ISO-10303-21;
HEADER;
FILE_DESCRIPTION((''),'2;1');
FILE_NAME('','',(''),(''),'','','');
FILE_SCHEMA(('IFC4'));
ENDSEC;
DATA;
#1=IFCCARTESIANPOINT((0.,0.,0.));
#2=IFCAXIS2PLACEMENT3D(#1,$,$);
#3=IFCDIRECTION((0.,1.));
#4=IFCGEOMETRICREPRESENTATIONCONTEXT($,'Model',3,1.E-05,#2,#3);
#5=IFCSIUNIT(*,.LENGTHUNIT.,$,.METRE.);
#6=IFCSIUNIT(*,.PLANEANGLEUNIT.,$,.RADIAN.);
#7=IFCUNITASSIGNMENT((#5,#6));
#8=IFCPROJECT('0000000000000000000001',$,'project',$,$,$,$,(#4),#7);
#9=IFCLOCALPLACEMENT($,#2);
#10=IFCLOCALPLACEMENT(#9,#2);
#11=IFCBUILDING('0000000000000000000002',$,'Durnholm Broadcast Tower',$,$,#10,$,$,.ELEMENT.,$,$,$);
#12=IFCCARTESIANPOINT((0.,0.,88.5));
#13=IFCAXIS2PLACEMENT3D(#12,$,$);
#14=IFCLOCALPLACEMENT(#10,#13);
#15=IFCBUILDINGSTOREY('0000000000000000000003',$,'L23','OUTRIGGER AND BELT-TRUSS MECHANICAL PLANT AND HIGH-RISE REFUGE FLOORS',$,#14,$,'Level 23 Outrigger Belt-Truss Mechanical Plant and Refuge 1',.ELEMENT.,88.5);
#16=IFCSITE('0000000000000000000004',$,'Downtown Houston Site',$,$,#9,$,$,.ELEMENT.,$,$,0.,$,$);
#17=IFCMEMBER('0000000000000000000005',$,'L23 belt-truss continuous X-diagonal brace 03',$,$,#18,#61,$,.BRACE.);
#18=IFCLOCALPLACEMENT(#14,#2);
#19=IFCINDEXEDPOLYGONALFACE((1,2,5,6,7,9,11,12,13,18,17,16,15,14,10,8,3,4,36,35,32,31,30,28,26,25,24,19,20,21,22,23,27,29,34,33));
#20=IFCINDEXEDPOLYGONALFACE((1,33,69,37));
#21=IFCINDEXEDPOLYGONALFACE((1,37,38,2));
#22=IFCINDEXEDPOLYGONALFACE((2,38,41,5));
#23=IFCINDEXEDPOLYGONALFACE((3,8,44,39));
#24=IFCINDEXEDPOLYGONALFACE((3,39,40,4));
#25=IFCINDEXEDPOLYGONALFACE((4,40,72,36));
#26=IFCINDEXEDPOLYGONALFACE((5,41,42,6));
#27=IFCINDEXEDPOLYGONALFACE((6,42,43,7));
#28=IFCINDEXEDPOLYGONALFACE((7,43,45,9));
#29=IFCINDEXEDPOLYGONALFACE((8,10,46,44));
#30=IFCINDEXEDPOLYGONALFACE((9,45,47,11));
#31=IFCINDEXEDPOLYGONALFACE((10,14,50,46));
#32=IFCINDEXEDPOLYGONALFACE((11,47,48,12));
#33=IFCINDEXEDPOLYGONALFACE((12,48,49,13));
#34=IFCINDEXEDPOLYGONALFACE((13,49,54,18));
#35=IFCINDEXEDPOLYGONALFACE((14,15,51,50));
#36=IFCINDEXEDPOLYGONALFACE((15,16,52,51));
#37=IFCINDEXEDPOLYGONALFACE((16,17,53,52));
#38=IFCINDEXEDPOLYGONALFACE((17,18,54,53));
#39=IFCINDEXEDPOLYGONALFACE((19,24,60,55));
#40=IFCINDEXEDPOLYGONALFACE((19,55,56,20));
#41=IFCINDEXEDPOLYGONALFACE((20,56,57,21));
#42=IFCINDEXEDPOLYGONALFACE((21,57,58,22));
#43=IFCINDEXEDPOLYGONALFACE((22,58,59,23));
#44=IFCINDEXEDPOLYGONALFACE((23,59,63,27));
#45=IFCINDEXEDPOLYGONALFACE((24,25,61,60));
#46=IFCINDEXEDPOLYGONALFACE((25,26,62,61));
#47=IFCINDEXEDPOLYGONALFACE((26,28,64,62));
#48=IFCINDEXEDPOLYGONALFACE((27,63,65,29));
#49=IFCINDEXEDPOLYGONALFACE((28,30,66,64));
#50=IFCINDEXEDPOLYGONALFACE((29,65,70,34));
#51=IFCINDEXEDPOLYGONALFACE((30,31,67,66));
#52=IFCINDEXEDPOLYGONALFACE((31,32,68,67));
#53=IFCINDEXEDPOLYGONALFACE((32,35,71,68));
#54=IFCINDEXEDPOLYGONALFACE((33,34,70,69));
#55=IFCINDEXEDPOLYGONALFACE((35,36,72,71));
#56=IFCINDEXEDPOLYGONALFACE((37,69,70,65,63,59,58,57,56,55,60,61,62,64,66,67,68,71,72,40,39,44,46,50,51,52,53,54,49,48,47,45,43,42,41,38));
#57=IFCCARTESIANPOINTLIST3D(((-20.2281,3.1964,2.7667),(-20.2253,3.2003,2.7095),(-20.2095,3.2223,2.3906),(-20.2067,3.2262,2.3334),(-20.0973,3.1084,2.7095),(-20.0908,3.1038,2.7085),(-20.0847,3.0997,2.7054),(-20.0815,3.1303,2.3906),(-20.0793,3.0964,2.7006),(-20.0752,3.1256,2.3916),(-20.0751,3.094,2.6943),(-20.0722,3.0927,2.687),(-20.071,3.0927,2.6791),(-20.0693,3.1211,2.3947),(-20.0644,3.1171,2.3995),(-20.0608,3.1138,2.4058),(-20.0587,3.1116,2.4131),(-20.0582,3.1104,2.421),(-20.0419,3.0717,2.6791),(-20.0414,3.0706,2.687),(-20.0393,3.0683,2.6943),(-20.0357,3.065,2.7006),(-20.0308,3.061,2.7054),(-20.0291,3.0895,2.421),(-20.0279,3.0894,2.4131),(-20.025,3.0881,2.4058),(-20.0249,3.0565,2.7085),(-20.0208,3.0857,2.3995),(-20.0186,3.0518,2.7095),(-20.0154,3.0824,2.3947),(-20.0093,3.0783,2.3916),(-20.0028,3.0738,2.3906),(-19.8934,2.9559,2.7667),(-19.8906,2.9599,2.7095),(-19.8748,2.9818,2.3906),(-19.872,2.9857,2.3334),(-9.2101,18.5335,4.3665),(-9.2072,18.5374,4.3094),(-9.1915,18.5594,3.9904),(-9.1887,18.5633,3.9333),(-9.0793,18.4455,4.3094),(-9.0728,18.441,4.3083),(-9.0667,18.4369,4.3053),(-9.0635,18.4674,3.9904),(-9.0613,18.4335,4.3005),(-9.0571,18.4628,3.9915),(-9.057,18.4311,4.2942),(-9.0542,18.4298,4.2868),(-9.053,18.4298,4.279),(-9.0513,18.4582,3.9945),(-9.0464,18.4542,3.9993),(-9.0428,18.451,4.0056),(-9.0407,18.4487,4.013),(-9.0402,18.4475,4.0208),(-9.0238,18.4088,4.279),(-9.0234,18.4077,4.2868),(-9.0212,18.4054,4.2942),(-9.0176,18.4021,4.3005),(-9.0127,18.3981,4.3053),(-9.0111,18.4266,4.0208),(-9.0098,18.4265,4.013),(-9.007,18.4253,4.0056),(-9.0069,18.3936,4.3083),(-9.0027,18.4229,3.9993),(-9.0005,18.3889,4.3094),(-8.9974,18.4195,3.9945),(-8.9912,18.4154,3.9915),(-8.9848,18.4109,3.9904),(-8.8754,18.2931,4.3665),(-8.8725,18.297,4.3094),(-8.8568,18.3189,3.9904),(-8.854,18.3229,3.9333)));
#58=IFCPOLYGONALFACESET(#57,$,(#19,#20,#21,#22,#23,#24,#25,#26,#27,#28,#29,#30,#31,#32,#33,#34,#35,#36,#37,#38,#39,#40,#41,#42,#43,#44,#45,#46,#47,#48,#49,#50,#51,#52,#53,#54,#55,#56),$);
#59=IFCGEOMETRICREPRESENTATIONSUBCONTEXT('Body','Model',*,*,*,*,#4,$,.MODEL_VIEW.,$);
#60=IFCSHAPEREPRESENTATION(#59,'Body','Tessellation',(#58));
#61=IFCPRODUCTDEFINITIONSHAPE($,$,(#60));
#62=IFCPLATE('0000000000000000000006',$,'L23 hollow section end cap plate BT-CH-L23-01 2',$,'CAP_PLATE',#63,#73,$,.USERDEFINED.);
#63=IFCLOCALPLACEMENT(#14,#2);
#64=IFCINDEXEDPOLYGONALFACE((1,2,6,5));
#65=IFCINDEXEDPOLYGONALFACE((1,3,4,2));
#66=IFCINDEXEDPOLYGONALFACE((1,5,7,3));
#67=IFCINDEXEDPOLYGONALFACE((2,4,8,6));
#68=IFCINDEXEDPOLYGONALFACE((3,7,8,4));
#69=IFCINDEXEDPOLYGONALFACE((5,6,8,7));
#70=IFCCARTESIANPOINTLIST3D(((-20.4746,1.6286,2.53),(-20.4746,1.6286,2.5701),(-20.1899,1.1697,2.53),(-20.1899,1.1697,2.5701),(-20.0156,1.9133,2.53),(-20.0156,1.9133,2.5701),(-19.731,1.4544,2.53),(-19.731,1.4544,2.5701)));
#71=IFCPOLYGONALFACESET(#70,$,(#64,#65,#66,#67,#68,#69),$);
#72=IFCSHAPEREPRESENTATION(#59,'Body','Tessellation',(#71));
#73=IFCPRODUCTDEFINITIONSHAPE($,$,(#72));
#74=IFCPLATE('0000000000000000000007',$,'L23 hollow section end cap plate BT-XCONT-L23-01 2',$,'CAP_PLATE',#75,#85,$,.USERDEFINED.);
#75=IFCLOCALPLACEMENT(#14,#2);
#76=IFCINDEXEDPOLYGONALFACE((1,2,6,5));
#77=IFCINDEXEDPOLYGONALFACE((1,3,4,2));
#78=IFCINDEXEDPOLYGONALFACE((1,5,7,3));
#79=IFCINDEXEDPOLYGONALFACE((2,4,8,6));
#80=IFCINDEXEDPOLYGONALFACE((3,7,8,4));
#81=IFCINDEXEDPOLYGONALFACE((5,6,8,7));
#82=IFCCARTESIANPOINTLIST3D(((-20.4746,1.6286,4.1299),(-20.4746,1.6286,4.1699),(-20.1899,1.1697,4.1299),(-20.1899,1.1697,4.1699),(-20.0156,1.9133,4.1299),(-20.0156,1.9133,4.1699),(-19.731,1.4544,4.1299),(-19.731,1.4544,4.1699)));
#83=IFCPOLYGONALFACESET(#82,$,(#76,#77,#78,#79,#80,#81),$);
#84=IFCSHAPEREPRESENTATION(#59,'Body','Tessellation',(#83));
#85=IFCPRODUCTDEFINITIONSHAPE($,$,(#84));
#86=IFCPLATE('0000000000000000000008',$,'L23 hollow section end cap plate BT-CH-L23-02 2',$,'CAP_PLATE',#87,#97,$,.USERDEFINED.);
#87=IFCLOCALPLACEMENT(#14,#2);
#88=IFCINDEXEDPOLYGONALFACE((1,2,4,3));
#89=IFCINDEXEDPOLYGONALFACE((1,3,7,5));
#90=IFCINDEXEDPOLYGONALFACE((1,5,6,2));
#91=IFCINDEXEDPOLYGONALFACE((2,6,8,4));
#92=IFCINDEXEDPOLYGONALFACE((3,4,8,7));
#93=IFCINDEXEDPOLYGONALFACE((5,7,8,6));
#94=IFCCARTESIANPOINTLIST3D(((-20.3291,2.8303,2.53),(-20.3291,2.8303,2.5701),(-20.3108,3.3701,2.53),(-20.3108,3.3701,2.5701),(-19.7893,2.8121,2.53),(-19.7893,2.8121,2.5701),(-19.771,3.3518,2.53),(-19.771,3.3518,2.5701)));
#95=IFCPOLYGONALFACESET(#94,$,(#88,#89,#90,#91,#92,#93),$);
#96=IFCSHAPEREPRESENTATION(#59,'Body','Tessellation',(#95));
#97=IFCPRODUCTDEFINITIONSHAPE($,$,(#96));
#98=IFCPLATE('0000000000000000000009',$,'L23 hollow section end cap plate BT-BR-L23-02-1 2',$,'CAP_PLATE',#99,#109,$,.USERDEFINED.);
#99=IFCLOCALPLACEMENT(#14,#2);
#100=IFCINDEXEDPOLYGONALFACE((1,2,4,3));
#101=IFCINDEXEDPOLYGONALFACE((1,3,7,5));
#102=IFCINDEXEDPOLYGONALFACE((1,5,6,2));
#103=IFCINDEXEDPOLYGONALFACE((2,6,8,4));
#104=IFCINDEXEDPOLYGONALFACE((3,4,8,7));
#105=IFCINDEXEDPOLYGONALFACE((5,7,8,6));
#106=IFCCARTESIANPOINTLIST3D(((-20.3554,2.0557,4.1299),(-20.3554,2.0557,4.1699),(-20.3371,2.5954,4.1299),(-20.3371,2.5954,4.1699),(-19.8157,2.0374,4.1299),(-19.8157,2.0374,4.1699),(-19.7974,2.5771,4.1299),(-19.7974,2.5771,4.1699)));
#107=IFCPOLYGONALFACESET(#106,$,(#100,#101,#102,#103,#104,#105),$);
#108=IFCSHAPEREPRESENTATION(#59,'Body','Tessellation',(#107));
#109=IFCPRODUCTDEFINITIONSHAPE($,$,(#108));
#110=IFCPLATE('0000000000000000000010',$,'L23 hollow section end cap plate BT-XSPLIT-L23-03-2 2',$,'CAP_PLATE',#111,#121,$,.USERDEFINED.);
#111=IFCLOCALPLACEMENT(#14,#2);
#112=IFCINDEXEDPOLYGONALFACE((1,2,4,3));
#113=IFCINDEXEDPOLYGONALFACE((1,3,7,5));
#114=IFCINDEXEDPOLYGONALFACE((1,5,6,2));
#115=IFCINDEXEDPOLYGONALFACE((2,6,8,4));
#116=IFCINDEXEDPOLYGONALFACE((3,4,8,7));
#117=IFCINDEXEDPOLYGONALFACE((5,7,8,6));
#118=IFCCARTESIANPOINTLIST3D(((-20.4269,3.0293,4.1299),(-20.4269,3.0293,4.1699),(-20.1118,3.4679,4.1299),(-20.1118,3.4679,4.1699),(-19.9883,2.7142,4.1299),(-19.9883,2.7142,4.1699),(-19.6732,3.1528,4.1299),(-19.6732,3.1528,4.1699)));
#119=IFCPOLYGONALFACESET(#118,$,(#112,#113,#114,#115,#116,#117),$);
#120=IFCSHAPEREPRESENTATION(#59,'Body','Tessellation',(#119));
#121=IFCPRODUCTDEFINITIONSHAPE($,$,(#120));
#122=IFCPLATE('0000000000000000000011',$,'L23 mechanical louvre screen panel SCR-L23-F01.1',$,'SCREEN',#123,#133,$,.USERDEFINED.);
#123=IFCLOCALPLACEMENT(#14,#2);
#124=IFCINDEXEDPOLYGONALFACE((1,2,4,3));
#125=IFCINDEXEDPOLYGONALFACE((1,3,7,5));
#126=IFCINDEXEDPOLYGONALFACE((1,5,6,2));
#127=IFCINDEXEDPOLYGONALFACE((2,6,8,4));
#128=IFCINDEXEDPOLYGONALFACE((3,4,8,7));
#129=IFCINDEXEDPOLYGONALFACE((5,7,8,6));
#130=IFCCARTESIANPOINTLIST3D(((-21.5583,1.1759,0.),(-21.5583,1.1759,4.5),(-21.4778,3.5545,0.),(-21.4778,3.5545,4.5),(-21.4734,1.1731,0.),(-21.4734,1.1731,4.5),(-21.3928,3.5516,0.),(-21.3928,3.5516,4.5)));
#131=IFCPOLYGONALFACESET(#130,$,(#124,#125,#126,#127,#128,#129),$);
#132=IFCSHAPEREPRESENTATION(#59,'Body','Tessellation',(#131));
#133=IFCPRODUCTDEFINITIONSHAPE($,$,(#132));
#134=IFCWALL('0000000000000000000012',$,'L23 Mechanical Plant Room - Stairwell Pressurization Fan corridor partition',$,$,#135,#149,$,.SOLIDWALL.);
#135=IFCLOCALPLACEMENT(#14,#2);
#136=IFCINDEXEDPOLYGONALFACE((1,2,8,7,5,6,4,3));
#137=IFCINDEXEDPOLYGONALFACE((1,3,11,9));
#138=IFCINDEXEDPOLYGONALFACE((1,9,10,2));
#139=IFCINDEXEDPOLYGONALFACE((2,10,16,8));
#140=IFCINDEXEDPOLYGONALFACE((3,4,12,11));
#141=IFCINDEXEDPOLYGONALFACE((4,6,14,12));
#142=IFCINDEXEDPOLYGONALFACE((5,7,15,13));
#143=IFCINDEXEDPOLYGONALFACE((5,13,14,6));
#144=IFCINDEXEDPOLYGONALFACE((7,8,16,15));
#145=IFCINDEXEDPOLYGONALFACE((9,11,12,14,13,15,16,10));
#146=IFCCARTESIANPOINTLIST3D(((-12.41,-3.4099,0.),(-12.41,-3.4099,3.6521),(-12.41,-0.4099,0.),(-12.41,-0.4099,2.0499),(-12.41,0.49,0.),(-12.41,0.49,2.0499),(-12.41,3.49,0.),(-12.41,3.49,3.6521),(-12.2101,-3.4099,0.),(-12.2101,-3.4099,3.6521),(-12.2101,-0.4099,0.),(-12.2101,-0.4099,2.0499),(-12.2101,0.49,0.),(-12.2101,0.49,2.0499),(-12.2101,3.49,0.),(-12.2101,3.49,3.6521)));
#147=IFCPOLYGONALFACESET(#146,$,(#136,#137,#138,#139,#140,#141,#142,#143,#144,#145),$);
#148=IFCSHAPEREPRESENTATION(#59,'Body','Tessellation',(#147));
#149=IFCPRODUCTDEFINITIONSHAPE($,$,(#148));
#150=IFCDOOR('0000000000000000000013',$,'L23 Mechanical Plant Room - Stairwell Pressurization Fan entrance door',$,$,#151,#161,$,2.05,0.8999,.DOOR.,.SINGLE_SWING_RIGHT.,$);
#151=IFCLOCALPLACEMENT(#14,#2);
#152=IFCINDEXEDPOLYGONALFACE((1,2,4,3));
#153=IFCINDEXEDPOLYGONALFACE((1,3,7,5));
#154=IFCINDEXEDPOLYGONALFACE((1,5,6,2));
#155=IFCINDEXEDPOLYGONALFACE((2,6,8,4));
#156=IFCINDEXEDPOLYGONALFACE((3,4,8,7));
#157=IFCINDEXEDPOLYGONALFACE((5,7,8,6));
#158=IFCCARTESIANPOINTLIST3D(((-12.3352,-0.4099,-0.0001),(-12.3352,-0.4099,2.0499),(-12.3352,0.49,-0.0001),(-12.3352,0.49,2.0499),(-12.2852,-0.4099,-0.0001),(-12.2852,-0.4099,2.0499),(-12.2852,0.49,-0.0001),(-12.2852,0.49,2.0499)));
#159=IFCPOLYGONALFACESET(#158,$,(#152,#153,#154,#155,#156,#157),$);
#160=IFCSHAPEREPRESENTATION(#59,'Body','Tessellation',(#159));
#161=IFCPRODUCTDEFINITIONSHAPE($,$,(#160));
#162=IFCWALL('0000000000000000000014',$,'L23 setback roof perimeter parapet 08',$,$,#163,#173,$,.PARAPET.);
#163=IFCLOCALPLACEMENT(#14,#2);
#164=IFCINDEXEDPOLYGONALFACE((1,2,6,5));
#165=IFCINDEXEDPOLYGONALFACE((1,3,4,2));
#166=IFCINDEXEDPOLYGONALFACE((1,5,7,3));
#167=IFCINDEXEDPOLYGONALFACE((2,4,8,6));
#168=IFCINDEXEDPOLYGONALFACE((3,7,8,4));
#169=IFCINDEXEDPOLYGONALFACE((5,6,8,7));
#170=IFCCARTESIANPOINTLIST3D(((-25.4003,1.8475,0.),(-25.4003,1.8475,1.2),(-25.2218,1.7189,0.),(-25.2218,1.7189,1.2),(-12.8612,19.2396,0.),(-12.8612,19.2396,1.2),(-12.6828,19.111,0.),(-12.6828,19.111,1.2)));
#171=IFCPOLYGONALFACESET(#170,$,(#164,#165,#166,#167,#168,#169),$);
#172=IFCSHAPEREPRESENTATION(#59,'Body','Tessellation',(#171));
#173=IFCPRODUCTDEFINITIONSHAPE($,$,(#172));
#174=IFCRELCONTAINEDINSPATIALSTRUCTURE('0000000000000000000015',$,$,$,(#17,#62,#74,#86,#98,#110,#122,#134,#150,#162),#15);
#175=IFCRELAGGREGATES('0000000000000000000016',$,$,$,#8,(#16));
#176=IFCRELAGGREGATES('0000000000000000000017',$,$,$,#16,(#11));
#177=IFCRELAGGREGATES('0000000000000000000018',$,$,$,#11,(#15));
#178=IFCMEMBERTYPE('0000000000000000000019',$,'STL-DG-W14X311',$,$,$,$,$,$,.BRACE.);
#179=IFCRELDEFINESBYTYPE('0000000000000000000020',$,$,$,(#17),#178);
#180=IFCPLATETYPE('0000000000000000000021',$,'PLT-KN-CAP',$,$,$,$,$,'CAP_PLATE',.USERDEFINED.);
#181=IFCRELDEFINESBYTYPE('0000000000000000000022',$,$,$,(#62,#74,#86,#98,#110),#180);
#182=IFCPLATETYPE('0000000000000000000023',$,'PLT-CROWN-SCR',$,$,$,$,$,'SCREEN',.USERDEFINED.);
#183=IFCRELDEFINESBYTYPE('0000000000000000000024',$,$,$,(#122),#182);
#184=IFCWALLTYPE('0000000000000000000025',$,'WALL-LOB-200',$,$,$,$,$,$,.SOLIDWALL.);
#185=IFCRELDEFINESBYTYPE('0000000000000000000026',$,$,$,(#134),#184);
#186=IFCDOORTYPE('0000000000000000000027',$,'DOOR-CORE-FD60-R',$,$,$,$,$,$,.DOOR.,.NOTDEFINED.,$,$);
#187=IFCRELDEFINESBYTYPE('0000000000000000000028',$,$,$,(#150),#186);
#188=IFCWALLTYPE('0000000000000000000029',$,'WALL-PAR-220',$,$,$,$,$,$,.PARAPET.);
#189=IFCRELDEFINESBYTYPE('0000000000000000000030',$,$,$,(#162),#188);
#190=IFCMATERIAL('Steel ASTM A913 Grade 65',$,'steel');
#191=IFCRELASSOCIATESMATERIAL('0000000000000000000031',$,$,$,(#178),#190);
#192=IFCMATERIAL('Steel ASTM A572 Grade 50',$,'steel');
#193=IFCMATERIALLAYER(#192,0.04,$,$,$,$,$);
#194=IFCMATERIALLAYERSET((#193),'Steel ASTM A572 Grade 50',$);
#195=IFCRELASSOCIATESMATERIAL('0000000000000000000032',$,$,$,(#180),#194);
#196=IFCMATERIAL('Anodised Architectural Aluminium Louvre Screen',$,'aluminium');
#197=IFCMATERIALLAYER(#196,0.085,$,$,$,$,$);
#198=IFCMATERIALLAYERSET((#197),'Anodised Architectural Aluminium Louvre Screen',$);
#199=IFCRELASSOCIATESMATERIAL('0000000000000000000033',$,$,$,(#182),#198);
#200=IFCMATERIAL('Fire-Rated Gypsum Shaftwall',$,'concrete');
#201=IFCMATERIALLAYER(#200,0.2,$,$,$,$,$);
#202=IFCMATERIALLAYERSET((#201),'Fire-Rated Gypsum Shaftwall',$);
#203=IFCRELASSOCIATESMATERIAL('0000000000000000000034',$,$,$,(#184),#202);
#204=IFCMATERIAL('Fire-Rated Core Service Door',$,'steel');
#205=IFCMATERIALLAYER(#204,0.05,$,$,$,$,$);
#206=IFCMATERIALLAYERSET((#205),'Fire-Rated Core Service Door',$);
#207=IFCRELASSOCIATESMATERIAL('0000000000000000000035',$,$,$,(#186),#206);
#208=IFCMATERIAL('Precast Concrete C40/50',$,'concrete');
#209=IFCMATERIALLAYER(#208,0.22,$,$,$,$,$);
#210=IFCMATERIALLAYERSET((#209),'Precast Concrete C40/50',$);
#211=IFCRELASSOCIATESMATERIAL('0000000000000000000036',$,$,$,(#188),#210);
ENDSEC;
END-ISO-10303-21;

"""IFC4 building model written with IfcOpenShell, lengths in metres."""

from ifc_helpers import new_model, si_unit, direction, frame, frame_2d, origin, origin_2d, place, context, subcontext, project, spatial, rectangle, i_section, extrude, source, transform, mapped, material, layer, layer_set, material_profile, profile_set, type_object, type_shapes, element, fill, save


model = new_model("IFC4")

# Units and contexts
model_context = context("Model", 3, precision=1e-05, world=origin(), true_north=direction((0.0, 1.0)))
body_context = subcontext(model_context, "Body", "Model", "MODEL_VIEW")
ifc_project = project(units=[si_unit("LENGTHUNIT", "METRE"), si_unit("PLANEANGLEUNIT", "RADIAN")], contexts=[model_context])

# Site, building, storey
site_placement = place(None, origin())
site = spatial("IfcSite", under=ifc_project, at=site_placement, Name="Downtown Houston Site", CompositionType="ELEMENT", RefElevation=0.0)
building_placement = place(site_placement, origin())
building = spatial("IfcBuilding", under=site, at=building_placement, Name="Durnholm Broadcast Tower", CompositionType="ELEMENT")
storey_placement = place(building_placement, frame((0.0, 0.0, 88.5)))
storey = spatial("IfcBuildingStorey", under=building, at=storey_placement, Name="L23", Description="OUTRIGGER AND BELT-TRUSS MECHANICAL PLANT AND HIGH-RISE REFUGE FLOORS", LongName="Level 23 Outrigger Belt-Truss Mechanical Plant and Refuge 1", CompositionType="ELEMENT", Elevation=88.5)

# Member
ifc_material_1 = material(Name="Steel ASTM A913 Grade 65", Category="steel")
ifc_material_profile_1 = material_profile(ifc_material_1, i_section(OverallWidth=0.4121, OverallDepth=0.4348, WebThickness=0.0359, FlangeThickness=0.0574, FilletRadius=0.0305, at=origin_2d()), Name="W14X311")
ifc_profile_set_1 = profile_set([ifc_material_profile_1], Name="Steel ASTM A913 Grade 65")
member_type_1 = type_object("IfcMemberType", Name="STL-DG-W14X311", PredefinedType="BRACE", material=ifc_profile_set_1)
shared_shape_1 = source(origin(), body_context, "Body", "SweptSolid", [
    extrude(i_section(OverallWidth=0.4121, OverallDepth=0.4348, WebThickness=0.0359, FlangeThickness=0.0574, FilletRadius=0.0305, at=origin_2d()), origin(), (0.0, 0.0, 1.0), 18.9521),
])
type_shapes(member_type_1, [shared_shape_1])
member_1_placement = place(storey_placement, frame((-20.05, 3.0911, 2.55), z_axis=(0.581361, 0.809255, 0.084415), x_axis=(-0.812154, 0.583443, 0.0)))
element("IfcMember", 1, at=member_1_placement, inside=storey, type_object=member_type_1, Name="L23 belt-truss continuous X-diagonal brace 03", PredefinedType="BRACE", context=body_context, shape_type="MappedRepresentation", body=[
    mapped(shared_shape_1, transform((0.0, 0.0, 0.0), x_axis=(1.0, 0.0, 0.0), y_axis=(0.0, 1.0, 0.0), z_axis=(0.0, 0.0, 1.0), scale=1.0)),
])

# Plates
ifc_material_2 = material(Name="Steel ASTM A572 Grade 50", Category="steel")
ifc_layer_1 = layer(ifc_material_2, 0.04)
ifc_layer_set_1 = layer_set([ifc_layer_1], Name="Steel ASTM A572 Grade 50")
plate_type_1 = type_object("IfcPlateType", Name="PLT-KN-CAP", ElementType="CAP_PLATE", PredefinedType="USERDEFINED", material=ifc_layer_set_1)
shared_shape_2 = source(origin(), body_context, "Body", "SweptSolid", [
    extrude(rectangle(XDim=0.54, YDim=0.54, at=origin_2d()), origin(), (0.0, 0.0, 1.0), 0.04),
])
type_shapes(plate_type_1, [shared_shape_2])
for number, where, z_axis, x_axis, name in (
    (2, (-20.1028, 1.5415, 2.53), (0.0, 0.0, 1.0), (-0.527104, 0.849801, 0.0), "L23 hollow section end cap plate BT-CH-L23-01 2"),
    (3, (-20.1028, 1.5415, 4.1299), (0.0, 0.0, 1.0), (-0.527104, 0.849801, 0.0), "L23 hollow section end cap plate BT-XCONT-L23-01 2"),
    (4, (-20.05, 3.0911, 2.53), (0.0, 0.0, 1.0), (0.033853, 0.999427, 0.0), "L23 hollow section end cap plate BT-CH-L23-02 2"),
    (5, (-20.0764, 2.3164, 4.1299), (0.0, 0.0, 1.0), (0.033853, 0.999427, 0.0), "L23 hollow section end cap plate BT-BR-L23-02-1 2"),
    (6, (-20.05, 3.0911, 4.1299), (0.0, 0.0, 1.0), (-0.583399, -0.812185, 0.0), "L23 hollow section end cap plate BT-XSPLIT-L23-03-2 2"),
):
    element("IfcPlate", number, at=place(storey_placement, frame(where, z_axis=z_axis, x_axis=x_axis)), inside=storey, type_object=plate_type_1, Name=name, ObjectType="CAP_PLATE", PredefinedType="USERDEFINED", context=body_context, shape_type="MappedRepresentation", body=[
        mapped(shared_shape_2, transform((0.0, 0.0, 0.0), x_axis=(1.0, 0.0, 0.0), y_axis=(0.0, 1.0, 0.0), z_axis=(0.0, 0.0, 1.0), scale=1.0)),
    ])
ifc_material_3 = material(Name="Anodised Architectural Aluminium Louvre Screen", Category="aluminium")
ifc_layer_2 = layer(ifc_material_3, 0.085)
ifc_layer_set_2 = layer_set([ifc_layer_2], Name="Anodised Architectural Aluminium Louvre Screen")
plate_type_2 = type_object("IfcPlateType", Name="PLT-CROWN-SCR", ElementType="SCREEN", PredefinedType="USERDEFINED", material=ifc_layer_set_2)
shared_shape_3 = source(origin(), body_context, "Body", "SweptSolid", [
    extrude(rectangle(XDim=2.3799, YDim=0.085, at=origin_2d()), origin(), (0.0, 0.0, 1.0), 4.5),
])
type_shapes(plate_type_2, [shared_shape_3])
plate_placement = place(storey_placement, frame((-21.4756, 2.3638, 0.0), z_axis=(0.0, 0.0, 1.0), x_axis=(0.033853, 0.999427, 0.0)))
element("IfcPlate", 7, at=plate_placement, inside=storey, type_object=plate_type_2, Name="L23 mechanical louvre screen panel SCR-L23-F01.1", ObjectType="SCREEN", PredefinedType="USERDEFINED", context=body_context, shape_type="MappedRepresentation", body=[
    mapped(shared_shape_3, transform((0.0, 0.0, 0.0), x_axis=(1.0, 0.0, 0.0), y_axis=(0.0, 1.0, 0.0), z_axis=(0.0, 0.0, 1.0), scale=1.0)),
])

# Wall, opening, door
ifc_material_4 = material(Name="Fire-Rated Gypsum Shaftwall", Category="concrete")
ifc_layer_3 = layer(ifc_material_4, 0.2)
ifc_layer_set_3 = layer_set([ifc_layer_3], Name="Fire-Rated Gypsum Shaftwall")
wall_type_1 = type_object("IfcWallType", Name="WALL-LOB-200", PredefinedType="SOLIDWALL", material=ifc_layer_set_3)
wall_1_placement = place(storey_placement, frame((-12.3101, 3.49, 0.0), z_axis=(0.0, 0.0, 1.0), x_axis=(0.0, -1.0, 0.0)))
wall_1 = element("IfcWall", 8, at=wall_1_placement, inside=storey, type_object=wall_type_1, Name="L23 Mechanical Plant Room - Stairwell Pressurization Fan corridor partition", PredefinedType="SOLIDWALL", context=body_context, shape_type="SweptSolid", body=[
    extrude(rectangle(XDim=6.8999, YDim=0.2, at=frame_2d((3.45, 0.0))), origin(), (0.0, 0.0, 1.0), 3.6521),
])
opening_placement = place(wall_1_placement, frame((3.0, 0.0, 0.0)))
opening = element("IfcOpeningElement", 9, at=opening_placement, cuts=wall_1, PredefinedType="OPENING", context=body_context, shape_type="SweptSolid", body=[
    extrude(rectangle(XDim=0.8999, YDim=2.05, at=frame_2d((0.45, 1.0249))), frame((0.0, 0.1099, 0.0), z_axis=(0.0, -1.0, 0.0), x_axis=(1.0, 0.0, 0.0)), (0.0, 0.0, 1.0), 0.22),
])
ifc_material_5 = material(Name="Fire-Rated Core Service Door", Category="steel")
ifc_layer_4 = layer(ifc_material_5, 0.05)
ifc_layer_set_4 = layer_set([ifc_layer_4], Name="Fire-Rated Core Service Door")
door_type = type_object("IfcDoorType", Name="DOOR-CORE-FD60-R", OperationType="NOTDEFINED", PredefinedType="DOOR", material=ifc_layer_set_4)
shared_shape_4 = source(origin(), body_context, "Body", "SweptSolid", [
    extrude(rectangle(XDim=0.8999, YDim=2.05, at=frame_2d((0.45, 1.0249))), frame((0.0, 0.0249, 0.0), z_axis=(0.0, -1.0, 0.0), x_axis=(1.0, 0.0, 0.0)), (0.0, 0.0, 1.0), 0.05),
])
type_shapes(door_type, [shared_shape_4])
door_placement = place(opening_placement, origin())
door = element("IfcDoor", 10, at=door_placement, inside=storey, type_object=door_type, Name="L23 Mechanical Plant Room - Stairwell Pressurization Fan entrance door", OperationType="SINGLE_SWING_RIGHT", OverallHeight=2.05, OverallWidth=0.8999, PredefinedType="DOOR", context=body_context, shape_type="MappedRepresentation", body=[
    mapped(shared_shape_4, transform((0.0, 0.0, 0.0), x_axis=(1.0, 0.0, 0.0), y_axis=(0.0, 1.0, 0.0), z_axis=(0.0, 0.0, 1.0), scale=1.0)),
])
fill(opening, door)

# Wall
ifc_material_6 = material(Name="Precast Concrete C40/50", Category="concrete")
ifc_layer_5 = layer(ifc_material_6, 0.22)
ifc_layer_set_5 = layer_set([ifc_layer_5], Name="Precast Concrete C40/50")
wall_type_2 = type_object("IfcWallType", Name="WALL-PAR-220", PredefinedType="PARAPET", material=ifc_layer_set_5)
wall_2_placement = place(storey_placement, frame((-25.311, 1.7832, 0.0), z_axis=(0.0, 0.0, 1.0), x_axis=(0.584819, 0.811164, 0.0)))
element("IfcWall", 11, at=wall_2_placement, inside=storey, type_object=wall_type_2, Name="L23 setback roof perimeter parapet 08", PredefinedType="PARAPET", context=body_context, shape_type="SweptSolid", body=[
    extrude(rectangle(XDim=21.4409, YDim=0.22, at=frame_2d((10.7205, 0.0))), origin(), (0.0, 0.0, 1.0), 1.2),
])

save(model, "model.ifc")
